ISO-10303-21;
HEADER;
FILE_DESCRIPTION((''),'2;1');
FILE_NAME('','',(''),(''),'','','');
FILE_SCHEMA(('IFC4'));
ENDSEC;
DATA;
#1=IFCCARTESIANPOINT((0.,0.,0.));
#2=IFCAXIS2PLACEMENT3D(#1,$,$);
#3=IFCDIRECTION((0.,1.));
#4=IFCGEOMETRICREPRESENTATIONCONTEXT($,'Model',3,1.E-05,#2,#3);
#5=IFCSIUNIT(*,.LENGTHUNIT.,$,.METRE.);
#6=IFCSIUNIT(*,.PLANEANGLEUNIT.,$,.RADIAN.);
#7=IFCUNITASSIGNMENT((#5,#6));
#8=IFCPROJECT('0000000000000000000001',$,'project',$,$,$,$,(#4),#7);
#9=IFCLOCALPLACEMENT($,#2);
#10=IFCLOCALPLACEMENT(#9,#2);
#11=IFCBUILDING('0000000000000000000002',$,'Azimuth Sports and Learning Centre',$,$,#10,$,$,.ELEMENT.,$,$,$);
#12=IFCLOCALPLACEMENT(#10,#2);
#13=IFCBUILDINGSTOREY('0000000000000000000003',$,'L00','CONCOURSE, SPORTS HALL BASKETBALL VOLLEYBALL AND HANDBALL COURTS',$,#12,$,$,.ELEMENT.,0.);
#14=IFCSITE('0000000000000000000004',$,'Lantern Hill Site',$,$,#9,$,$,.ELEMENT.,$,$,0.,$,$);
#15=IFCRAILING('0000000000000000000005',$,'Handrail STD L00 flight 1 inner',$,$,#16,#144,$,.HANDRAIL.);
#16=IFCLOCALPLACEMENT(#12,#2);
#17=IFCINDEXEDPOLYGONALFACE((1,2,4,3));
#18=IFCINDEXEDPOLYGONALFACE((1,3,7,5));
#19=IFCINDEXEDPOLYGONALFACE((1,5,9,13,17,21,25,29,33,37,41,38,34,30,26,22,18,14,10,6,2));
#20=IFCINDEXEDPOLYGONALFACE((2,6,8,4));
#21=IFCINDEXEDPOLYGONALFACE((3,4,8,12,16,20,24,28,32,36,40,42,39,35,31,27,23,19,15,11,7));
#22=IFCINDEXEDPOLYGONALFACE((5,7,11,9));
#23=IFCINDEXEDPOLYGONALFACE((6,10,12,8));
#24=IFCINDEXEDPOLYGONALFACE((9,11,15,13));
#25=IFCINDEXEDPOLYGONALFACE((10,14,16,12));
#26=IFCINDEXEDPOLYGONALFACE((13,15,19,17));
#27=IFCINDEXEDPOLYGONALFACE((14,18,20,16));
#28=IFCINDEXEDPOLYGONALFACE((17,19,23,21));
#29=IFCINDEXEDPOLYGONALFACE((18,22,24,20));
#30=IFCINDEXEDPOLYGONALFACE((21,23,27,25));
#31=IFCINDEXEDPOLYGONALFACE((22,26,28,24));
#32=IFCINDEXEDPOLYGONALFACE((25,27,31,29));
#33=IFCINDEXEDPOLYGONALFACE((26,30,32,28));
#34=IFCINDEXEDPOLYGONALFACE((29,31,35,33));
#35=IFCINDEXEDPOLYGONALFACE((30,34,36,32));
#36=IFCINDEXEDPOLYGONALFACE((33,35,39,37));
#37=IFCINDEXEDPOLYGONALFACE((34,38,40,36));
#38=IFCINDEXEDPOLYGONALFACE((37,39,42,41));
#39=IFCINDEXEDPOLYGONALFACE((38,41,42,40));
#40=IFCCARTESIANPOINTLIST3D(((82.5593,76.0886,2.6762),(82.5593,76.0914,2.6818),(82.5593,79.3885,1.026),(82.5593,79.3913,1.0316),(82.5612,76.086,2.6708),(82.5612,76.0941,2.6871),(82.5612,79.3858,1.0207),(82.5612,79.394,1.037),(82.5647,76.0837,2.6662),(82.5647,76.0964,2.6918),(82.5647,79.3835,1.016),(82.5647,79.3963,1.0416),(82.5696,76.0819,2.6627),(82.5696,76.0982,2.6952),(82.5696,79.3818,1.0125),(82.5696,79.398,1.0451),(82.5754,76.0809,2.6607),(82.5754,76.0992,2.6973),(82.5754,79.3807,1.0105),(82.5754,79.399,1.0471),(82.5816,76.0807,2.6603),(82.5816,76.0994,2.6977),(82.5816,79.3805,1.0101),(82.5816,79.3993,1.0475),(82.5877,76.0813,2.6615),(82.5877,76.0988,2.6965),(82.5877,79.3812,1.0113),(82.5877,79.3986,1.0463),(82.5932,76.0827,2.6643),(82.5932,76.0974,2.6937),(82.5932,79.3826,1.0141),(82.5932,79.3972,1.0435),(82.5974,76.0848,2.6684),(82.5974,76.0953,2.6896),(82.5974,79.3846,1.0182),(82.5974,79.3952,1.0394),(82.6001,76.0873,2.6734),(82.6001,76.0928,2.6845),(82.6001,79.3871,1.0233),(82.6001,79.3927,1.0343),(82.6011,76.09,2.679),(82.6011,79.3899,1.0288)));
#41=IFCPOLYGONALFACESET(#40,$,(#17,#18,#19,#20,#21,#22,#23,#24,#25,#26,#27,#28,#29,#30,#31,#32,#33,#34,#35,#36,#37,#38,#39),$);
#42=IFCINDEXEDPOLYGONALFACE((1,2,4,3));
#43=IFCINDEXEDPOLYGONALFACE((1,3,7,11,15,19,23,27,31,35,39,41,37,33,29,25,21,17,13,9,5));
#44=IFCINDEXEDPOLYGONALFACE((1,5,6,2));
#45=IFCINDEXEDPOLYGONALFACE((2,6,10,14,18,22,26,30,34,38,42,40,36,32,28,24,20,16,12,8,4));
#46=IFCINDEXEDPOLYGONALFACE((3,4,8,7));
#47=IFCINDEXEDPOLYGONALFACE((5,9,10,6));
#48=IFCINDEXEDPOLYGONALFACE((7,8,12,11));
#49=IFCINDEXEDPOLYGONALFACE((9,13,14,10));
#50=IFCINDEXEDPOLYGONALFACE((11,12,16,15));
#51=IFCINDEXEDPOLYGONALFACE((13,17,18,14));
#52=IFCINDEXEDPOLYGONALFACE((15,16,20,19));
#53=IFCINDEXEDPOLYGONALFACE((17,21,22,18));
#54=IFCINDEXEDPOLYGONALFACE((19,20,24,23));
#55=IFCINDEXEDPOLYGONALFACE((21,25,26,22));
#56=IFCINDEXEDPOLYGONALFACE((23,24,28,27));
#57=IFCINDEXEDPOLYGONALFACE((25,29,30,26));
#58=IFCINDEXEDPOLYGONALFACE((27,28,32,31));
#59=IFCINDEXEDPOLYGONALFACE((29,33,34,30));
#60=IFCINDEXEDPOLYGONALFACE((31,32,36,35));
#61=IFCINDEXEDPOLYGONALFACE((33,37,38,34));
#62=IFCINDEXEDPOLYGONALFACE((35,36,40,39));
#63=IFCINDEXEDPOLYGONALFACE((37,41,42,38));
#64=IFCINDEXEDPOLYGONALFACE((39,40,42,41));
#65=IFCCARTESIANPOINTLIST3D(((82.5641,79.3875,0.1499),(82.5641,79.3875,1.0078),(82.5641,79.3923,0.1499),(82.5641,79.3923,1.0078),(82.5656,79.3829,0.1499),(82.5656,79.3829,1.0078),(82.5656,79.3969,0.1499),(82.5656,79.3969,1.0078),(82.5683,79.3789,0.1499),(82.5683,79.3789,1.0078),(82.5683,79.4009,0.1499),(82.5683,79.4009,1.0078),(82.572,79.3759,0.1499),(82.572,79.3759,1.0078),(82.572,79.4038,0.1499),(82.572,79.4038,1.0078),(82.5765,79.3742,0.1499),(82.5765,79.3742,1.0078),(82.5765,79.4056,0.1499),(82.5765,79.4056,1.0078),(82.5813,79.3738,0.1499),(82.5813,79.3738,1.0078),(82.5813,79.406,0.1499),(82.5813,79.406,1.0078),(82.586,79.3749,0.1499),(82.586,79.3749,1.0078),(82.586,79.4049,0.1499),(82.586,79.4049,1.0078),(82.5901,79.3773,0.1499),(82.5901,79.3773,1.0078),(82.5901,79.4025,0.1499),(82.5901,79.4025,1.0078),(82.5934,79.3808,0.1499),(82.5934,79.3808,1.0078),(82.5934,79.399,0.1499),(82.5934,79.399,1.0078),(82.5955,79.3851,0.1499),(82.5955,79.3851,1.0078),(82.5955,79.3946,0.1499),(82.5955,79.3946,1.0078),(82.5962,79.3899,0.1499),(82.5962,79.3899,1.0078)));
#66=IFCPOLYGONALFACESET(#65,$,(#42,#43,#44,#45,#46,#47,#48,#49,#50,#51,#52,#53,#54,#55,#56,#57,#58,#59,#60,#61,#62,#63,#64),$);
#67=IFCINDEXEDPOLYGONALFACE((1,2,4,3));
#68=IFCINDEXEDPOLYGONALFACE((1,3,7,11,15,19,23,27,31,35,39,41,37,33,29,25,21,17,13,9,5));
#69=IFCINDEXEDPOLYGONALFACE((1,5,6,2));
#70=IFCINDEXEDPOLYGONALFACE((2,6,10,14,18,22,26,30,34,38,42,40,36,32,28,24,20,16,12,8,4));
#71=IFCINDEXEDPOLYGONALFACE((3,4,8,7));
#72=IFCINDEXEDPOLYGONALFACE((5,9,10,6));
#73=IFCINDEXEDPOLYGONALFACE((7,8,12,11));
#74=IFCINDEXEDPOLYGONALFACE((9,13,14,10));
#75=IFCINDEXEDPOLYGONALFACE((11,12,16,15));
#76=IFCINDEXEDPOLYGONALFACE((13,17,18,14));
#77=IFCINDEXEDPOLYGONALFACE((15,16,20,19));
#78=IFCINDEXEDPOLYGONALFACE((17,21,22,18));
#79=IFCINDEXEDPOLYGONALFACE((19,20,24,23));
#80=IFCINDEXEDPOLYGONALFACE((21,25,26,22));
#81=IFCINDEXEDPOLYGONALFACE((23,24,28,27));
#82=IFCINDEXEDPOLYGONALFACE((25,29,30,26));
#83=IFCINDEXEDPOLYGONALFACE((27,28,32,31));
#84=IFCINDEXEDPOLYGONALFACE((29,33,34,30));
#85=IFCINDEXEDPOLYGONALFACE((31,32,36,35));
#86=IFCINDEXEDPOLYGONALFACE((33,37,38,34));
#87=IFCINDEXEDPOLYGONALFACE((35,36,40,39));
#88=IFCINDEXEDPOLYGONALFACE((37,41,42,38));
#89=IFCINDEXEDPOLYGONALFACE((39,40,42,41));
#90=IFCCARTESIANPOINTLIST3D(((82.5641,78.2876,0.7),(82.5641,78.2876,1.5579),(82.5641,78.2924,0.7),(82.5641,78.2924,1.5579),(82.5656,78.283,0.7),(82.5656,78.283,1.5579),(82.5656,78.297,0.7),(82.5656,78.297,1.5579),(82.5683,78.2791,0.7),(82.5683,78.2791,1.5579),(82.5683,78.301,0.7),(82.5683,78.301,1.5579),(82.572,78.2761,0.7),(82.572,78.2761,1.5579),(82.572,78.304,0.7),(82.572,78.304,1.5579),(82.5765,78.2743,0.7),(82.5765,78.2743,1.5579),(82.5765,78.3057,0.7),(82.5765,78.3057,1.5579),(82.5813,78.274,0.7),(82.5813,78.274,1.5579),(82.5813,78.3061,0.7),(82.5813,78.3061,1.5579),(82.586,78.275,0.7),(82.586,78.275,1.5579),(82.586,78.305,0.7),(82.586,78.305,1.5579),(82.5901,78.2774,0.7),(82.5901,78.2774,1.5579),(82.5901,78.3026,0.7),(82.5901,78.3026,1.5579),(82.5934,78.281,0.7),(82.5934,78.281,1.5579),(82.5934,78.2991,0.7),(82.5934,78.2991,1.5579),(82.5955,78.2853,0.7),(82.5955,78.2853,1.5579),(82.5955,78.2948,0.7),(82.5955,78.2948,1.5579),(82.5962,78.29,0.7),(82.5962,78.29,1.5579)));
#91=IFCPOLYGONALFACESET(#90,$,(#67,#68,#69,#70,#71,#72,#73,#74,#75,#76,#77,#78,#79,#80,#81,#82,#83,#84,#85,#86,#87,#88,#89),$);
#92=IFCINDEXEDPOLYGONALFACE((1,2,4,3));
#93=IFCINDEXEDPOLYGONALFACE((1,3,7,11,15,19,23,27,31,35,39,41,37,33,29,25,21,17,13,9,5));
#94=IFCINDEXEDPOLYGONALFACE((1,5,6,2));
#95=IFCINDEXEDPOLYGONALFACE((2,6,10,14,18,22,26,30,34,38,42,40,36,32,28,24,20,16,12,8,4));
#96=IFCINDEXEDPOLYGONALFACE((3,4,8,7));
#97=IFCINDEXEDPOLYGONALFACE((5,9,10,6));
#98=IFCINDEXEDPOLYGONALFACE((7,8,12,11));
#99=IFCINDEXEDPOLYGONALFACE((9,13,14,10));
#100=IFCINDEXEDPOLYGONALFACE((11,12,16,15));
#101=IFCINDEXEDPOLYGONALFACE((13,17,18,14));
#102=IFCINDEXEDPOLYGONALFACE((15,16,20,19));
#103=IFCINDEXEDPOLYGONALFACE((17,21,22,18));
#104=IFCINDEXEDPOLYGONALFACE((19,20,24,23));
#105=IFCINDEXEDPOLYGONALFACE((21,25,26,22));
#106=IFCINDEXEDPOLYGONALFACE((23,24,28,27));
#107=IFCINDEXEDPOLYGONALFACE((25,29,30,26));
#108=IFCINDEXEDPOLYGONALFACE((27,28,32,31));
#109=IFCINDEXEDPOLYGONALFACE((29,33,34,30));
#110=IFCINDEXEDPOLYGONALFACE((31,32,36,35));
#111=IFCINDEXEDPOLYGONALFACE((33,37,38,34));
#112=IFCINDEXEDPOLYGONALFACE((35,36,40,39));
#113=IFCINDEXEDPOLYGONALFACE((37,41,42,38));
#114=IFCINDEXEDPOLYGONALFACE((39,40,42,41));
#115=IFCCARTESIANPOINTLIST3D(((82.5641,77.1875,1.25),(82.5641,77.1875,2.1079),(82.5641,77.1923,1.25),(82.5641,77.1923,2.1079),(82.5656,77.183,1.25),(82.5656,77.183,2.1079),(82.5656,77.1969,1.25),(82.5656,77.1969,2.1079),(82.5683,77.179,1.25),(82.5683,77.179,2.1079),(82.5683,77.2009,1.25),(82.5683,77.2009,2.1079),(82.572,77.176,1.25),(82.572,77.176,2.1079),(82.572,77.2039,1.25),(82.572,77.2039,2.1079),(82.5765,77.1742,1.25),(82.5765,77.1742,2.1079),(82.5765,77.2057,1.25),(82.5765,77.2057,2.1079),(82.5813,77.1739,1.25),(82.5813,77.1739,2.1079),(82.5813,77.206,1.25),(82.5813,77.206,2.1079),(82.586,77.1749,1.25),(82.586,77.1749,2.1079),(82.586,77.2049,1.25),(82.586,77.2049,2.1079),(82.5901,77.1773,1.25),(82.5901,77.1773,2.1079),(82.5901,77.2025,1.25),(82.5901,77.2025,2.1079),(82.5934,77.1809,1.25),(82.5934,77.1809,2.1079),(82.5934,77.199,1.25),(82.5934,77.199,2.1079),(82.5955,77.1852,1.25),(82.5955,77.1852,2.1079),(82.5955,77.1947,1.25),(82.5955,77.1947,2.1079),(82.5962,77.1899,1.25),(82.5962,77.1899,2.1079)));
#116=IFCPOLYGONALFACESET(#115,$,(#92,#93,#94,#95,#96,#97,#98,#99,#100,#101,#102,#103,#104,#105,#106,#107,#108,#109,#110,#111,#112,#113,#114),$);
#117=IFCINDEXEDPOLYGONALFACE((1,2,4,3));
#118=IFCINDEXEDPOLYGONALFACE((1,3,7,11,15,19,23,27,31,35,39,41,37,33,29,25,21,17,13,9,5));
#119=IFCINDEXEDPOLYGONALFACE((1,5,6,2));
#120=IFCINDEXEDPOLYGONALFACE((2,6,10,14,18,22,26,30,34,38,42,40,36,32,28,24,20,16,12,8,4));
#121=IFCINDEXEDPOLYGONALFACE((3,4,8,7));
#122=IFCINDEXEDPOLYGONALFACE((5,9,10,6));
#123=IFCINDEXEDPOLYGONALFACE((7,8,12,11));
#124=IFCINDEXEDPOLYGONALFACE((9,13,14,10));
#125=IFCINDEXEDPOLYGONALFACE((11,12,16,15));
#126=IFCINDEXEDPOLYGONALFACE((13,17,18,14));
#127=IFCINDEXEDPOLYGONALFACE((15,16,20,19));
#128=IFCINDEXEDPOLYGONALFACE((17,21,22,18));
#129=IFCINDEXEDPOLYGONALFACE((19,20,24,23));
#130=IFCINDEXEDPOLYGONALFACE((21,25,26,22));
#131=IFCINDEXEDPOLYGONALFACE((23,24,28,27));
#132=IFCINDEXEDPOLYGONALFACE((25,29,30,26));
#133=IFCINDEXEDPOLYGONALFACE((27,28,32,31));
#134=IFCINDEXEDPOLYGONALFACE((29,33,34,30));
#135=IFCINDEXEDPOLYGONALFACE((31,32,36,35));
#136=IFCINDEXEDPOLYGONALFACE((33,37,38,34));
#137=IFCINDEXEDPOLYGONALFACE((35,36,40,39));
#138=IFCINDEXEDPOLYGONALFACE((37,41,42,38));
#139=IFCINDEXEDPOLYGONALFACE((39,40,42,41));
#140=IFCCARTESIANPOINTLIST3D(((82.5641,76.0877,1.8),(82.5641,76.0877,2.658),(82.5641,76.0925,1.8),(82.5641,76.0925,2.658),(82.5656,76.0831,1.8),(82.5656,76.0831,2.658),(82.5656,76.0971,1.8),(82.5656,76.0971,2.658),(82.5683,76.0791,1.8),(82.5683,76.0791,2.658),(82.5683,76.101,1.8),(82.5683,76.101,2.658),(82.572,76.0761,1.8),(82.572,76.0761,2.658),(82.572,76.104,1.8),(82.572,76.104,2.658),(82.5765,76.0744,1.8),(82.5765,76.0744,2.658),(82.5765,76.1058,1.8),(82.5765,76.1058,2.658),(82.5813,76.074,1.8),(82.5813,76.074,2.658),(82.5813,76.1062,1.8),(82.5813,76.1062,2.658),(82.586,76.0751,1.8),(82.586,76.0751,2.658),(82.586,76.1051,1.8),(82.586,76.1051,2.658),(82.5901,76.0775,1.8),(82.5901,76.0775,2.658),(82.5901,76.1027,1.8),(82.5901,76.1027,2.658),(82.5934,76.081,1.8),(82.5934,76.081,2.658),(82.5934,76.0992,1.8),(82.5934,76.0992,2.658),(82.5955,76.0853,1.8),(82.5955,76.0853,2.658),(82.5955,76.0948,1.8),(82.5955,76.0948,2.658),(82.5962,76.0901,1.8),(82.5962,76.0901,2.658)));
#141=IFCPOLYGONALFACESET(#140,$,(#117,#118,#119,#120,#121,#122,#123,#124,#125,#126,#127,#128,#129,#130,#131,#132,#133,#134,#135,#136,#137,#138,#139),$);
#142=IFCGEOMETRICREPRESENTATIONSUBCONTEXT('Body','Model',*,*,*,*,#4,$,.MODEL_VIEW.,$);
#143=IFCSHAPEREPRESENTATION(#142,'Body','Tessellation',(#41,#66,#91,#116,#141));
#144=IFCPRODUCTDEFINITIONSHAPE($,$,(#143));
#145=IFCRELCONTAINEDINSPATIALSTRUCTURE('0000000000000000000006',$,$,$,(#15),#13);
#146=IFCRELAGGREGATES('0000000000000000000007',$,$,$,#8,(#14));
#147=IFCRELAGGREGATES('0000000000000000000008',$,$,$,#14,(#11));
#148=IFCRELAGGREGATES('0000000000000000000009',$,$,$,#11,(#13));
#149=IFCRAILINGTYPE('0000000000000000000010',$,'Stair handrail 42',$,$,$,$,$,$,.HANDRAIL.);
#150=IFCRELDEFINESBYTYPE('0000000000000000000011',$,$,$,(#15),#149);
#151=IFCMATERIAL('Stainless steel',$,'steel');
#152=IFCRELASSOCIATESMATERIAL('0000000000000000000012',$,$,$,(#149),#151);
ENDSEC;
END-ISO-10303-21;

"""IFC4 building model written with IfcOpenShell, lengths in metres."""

from ifc_helpers import new_model, si_unit, direction, frame, origin, origin_2d, place, context, subcontext, project, spatial, circle, extrude, material, type_object, element, save


model = new_model("IFC4")

# Units and contexts
model_context = context("Model", 3, precision=1e-05, world=origin(), true_north=direction((0.0, 1.0)))
body_context = subcontext(model_context, "Body", "Model", "MODEL_VIEW")
ifc_project = project(units=[si_unit("LENGTHUNIT", "METRE"), si_unit("PLANEANGLEUNIT", "RADIAN")], contexts=[model_context])

# Site, building, storey
site_placement = place(None, origin())
site = spatial("IfcSite", under=ifc_project, at=site_placement, Name="Lantern Hill Site", CompositionType="ELEMENT", RefElevation=0.0)
building_placement = place(site_placement, origin())
building = spatial("IfcBuilding", under=site, at=building_placement, Name="Azimuth Sports and Learning Centre", CompositionType="ELEMENT")
storey_placement = place(building_placement, origin())
storey = spatial("IfcBuildingStorey", under=building, at=storey_placement, Name="L00", Description="CONCOURSE, SPORTS HALL BASKETBALL VOLLEYBALL AND HANDBALL COURTS", CompositionType="ELEMENT", Elevation=0.0)

# Railing
ifc_material_1 = material(Name="Stainless steel", Category="steel")
railing_type_1 = type_object("IfcRailingType", Name="Stair handrail 42", PredefinedType="HANDRAIL", material=ifc_material_1)
for number, where, name in (
    (1, (82.5801, 79.3899, 0.1499), "Handrail STD L00 flight 1 inner"),
):
    element("IfcRailing", number, at=place(storey_placement, frame(where)), inside=storey, type_object=railing_type_1, Name=name, PredefinedType="HANDRAIL", context=body_context, shape_type="SweptSolid", body=[
        extrude(circle(Radius=0.021, at=origin_2d()), frame((0.0, 0.0, 0.8789), z_axis=(0.0, -0.894401, 0.447267), x_axis=(1.0, 0.0, 0.0)), (0.0, 0.0, 1.0), 3.6895),
        extrude(circle(Radius=0.0161, at=origin_2d()), origin(), (0.0, 0.0, 1.0), 0.8579),
        extrude(circle(Radius=0.0161, at=origin_2d()), frame((0.0, -1.0999, 0.55)), (0.0, 0.0, 1.0), 0.8579),
        extrude(circle(Radius=0.0161, at=origin_2d()), frame((0.0, -2.2, 1.1001)), (0.0, 0.0, 1.0), 0.8579),
        extrude(circle(Radius=0.0161, at=origin_2d()), frame((0.0, -3.2998, 1.6501)), (0.0, 0.0, 1.0), 0.8579),
    ])

save(model, "model.ifc")
